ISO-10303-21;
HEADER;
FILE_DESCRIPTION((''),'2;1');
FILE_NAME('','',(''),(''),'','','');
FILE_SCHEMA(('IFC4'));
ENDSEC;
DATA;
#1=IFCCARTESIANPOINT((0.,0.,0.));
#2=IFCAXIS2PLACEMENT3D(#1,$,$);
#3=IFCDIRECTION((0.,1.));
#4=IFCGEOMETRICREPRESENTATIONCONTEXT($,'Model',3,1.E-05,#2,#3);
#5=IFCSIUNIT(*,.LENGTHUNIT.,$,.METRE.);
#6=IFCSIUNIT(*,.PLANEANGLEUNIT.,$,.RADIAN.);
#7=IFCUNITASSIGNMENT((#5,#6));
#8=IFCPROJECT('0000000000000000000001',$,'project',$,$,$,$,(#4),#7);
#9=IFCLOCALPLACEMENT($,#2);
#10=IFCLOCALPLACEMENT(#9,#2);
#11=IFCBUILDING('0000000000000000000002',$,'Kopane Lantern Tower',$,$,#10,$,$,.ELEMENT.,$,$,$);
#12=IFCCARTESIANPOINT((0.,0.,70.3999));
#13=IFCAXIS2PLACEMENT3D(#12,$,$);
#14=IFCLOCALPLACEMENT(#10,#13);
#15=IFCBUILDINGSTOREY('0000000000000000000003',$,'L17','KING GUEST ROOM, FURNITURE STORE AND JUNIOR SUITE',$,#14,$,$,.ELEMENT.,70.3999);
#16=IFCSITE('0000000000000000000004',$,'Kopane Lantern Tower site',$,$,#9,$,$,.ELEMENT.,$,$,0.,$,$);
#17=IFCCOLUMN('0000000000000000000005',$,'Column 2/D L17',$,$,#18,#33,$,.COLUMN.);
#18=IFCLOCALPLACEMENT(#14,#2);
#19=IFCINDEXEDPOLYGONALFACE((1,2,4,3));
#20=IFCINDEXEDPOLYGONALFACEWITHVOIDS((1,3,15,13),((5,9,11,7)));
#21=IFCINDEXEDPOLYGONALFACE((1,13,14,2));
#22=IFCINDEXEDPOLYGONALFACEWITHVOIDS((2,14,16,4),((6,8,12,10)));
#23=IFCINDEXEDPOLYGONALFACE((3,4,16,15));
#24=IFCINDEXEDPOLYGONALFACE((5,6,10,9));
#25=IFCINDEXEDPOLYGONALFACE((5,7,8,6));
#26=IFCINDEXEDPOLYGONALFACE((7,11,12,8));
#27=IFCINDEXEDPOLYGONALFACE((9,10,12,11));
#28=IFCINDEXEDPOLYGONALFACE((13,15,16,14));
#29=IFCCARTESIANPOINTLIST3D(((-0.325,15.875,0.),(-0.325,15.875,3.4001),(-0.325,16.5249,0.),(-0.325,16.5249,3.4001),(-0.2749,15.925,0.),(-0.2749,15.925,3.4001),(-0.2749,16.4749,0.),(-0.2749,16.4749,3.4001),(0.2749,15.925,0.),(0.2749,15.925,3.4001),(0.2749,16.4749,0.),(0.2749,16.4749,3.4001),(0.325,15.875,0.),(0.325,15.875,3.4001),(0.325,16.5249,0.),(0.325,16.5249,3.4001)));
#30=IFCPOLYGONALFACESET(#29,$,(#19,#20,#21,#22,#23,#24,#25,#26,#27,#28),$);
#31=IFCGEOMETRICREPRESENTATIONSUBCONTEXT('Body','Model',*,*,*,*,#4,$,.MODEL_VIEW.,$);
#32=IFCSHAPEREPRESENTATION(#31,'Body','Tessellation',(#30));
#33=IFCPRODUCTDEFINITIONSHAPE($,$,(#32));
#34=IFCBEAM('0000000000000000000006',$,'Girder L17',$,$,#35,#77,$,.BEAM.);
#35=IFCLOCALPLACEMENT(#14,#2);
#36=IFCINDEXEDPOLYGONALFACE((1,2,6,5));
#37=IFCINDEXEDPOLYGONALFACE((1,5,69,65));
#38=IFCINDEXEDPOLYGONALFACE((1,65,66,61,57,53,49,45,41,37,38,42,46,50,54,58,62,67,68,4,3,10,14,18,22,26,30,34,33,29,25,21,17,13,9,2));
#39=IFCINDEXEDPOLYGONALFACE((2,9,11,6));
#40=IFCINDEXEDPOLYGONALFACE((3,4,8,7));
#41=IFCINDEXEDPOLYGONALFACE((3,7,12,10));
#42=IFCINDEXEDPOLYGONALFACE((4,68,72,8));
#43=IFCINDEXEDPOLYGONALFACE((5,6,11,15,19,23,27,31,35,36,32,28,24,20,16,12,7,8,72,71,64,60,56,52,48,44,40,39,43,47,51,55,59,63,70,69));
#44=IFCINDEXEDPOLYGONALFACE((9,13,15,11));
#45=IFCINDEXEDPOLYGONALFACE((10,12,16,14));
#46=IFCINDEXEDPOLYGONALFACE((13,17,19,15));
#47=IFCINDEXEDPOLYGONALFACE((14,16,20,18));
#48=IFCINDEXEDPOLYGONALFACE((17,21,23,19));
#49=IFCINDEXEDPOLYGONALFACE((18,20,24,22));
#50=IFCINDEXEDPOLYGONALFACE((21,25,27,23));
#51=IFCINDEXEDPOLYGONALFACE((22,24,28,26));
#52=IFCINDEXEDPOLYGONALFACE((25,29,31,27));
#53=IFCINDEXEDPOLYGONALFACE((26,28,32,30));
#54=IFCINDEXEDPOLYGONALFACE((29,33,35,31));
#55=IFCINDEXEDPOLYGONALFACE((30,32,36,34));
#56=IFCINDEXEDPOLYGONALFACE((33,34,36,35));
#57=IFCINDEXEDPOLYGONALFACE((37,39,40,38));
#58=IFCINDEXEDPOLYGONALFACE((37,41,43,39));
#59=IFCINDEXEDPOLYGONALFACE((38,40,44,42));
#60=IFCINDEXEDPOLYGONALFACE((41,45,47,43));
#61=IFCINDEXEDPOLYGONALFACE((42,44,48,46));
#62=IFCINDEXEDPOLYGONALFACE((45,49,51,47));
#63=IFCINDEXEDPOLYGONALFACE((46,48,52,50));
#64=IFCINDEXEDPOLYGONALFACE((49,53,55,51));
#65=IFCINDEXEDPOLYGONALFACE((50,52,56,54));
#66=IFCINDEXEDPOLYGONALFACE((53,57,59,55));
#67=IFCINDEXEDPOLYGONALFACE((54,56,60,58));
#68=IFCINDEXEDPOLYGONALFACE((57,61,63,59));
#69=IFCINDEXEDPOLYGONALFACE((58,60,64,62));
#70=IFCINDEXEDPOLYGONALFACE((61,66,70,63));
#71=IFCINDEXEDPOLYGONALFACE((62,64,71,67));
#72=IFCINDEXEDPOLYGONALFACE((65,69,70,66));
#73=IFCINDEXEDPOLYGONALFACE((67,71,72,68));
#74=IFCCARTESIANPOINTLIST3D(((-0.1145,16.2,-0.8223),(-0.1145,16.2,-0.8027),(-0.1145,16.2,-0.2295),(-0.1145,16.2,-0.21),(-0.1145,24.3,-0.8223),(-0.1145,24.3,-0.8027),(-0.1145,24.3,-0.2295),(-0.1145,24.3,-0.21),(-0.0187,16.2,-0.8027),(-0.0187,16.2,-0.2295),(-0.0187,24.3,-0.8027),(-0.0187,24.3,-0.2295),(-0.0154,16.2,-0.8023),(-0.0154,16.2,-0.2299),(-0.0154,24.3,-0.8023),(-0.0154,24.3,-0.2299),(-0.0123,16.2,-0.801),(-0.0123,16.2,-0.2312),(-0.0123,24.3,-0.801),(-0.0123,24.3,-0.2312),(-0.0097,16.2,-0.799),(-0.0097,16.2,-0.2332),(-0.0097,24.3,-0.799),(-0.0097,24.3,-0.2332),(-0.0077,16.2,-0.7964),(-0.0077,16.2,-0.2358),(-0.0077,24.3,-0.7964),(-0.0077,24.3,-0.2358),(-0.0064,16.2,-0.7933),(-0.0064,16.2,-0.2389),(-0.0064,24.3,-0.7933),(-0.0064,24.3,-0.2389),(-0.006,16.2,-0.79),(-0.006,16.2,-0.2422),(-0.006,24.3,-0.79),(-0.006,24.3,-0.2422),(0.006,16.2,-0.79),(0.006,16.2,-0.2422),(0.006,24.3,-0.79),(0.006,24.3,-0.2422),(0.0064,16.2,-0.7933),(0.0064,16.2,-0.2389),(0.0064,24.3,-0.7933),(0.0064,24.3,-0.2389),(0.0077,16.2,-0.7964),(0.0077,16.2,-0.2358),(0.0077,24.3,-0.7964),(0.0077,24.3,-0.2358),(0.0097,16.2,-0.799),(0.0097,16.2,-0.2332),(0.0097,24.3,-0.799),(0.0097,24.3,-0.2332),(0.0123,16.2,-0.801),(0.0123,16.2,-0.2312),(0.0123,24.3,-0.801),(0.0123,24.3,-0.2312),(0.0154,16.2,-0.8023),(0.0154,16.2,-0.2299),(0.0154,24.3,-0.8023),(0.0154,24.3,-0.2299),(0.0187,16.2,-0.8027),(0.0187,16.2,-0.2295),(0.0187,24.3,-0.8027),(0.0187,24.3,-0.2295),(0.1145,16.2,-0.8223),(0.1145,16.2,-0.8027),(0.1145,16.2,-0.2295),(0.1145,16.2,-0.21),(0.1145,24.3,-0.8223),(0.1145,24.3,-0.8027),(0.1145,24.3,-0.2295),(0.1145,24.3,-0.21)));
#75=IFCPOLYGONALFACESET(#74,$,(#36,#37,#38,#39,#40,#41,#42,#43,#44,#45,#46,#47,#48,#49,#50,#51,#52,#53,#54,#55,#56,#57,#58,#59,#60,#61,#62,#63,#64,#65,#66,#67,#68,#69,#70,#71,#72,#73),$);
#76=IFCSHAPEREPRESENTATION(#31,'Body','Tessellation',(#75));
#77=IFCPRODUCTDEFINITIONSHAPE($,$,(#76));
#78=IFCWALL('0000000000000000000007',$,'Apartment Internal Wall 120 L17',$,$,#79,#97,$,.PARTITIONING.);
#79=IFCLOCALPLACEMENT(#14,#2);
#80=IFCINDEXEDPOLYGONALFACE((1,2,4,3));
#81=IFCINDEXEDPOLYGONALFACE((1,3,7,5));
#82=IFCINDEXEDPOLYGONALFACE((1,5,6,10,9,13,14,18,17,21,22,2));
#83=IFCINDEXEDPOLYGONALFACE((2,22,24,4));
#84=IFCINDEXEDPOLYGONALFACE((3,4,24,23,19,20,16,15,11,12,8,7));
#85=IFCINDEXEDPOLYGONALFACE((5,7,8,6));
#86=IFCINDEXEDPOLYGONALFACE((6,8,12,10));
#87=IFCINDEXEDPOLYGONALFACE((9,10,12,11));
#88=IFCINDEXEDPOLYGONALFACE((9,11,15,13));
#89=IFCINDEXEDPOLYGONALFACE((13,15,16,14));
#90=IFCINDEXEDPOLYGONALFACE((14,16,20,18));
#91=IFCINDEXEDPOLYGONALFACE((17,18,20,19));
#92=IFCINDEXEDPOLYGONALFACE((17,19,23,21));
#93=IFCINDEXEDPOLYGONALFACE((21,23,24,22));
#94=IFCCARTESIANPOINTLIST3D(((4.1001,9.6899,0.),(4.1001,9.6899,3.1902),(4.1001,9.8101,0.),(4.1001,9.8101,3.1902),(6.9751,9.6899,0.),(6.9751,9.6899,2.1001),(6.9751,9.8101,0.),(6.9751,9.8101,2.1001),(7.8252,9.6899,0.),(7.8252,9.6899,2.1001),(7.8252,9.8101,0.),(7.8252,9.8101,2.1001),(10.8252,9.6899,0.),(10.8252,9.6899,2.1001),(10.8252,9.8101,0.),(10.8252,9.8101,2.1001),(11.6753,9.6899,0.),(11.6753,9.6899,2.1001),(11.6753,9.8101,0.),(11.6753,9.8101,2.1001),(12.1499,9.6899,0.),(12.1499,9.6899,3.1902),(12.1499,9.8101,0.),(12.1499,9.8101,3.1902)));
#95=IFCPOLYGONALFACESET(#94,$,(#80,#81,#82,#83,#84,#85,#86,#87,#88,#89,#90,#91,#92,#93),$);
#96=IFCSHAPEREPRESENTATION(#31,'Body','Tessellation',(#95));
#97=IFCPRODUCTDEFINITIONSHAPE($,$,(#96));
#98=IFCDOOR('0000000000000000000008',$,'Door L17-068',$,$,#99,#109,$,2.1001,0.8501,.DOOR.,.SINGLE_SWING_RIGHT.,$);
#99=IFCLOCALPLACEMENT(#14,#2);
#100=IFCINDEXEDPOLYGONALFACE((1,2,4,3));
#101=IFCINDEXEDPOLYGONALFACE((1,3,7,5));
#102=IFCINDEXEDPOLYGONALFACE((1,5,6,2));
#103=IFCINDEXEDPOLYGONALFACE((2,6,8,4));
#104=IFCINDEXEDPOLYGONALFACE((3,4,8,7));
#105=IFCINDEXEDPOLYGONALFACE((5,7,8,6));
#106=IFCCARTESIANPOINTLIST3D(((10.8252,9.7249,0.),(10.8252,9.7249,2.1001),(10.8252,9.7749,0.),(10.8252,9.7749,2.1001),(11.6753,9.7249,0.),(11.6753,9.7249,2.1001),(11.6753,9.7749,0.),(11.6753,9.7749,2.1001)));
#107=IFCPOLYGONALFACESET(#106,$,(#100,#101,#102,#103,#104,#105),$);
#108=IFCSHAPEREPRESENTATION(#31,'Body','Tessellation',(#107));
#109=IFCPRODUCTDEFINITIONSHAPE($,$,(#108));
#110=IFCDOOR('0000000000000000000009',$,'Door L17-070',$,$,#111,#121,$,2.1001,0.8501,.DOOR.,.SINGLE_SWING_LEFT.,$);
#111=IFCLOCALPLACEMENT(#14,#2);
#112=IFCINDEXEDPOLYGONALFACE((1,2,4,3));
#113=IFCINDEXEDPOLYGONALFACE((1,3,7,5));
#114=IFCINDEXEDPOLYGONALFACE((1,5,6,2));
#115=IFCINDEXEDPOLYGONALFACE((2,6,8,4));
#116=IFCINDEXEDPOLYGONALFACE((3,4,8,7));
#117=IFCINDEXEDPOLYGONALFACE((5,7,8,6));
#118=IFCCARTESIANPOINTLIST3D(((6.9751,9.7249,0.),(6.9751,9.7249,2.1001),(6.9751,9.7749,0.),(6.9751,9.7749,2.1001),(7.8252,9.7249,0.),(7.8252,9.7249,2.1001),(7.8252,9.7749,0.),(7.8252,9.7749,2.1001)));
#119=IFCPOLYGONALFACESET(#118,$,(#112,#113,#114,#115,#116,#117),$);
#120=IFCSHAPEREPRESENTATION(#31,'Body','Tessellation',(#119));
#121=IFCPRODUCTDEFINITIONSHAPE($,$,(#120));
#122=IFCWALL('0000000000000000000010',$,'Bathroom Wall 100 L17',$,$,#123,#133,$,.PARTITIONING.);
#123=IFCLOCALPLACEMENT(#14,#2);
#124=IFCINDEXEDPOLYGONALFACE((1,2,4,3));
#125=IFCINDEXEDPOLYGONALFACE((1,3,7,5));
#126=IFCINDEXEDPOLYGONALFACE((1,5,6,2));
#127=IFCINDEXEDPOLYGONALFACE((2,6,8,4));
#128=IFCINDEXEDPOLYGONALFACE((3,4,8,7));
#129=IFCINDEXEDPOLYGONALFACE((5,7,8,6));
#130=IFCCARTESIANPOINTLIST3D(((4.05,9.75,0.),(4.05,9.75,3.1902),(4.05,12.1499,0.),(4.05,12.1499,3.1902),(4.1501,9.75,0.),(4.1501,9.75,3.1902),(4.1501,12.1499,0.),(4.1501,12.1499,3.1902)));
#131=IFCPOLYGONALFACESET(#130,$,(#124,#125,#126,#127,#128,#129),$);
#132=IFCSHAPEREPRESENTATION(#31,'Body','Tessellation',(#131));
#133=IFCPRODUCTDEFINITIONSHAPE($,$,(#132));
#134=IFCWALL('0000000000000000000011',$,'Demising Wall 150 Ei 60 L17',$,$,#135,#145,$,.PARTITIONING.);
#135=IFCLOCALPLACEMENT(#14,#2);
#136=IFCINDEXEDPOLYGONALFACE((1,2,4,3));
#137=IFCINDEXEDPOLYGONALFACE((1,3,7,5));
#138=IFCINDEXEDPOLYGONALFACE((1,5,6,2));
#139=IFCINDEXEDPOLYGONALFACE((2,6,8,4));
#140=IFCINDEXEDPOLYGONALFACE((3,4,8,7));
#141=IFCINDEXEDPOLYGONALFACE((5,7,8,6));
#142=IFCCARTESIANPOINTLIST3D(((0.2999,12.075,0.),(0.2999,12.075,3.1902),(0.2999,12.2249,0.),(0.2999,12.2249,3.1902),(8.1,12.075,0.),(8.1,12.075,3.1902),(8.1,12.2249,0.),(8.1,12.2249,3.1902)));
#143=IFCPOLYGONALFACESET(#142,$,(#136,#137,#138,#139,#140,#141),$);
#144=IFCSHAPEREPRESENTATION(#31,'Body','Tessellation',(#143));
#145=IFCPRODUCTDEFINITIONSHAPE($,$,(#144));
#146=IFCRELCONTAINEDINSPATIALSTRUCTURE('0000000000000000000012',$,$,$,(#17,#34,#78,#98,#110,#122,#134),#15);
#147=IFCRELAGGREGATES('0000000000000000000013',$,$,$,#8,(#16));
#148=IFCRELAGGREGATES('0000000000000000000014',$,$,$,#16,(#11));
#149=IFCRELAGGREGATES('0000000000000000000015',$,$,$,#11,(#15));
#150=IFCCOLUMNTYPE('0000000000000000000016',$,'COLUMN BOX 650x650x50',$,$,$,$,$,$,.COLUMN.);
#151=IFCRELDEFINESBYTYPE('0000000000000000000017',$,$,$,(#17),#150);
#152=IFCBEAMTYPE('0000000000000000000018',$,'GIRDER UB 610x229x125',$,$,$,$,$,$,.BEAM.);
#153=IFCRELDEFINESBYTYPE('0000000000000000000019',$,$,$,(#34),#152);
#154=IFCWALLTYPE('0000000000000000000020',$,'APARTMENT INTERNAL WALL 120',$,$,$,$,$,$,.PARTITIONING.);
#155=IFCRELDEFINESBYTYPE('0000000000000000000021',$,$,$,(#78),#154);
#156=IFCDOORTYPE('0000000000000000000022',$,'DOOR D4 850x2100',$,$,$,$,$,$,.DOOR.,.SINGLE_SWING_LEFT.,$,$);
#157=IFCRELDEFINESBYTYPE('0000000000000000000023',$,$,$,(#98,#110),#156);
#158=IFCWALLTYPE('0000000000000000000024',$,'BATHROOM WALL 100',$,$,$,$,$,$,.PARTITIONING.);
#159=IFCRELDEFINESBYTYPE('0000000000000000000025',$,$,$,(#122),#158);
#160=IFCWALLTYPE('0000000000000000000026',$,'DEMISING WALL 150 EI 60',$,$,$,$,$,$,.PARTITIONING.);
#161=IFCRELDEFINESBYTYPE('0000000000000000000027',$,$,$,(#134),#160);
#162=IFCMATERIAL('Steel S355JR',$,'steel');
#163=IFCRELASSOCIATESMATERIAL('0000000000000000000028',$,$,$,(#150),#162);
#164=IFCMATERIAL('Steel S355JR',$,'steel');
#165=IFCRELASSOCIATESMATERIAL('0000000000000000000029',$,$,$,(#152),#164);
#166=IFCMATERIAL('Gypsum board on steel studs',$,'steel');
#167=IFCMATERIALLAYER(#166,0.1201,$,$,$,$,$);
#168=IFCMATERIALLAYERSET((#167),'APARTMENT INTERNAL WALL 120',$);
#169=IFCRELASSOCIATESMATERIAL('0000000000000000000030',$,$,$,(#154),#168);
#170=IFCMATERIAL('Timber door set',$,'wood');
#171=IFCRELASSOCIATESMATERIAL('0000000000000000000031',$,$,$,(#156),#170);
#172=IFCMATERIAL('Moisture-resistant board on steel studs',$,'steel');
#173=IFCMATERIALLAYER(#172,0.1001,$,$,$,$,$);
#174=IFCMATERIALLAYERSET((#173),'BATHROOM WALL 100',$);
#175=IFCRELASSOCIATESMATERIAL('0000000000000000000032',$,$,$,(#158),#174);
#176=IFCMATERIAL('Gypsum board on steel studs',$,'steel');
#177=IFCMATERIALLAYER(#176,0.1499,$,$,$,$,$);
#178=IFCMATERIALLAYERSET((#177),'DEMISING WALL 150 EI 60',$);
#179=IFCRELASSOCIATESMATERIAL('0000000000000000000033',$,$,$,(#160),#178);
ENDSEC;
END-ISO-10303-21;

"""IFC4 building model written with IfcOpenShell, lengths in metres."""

from ifc_helpers import new_model, si_unit, direction, frame, frame_2d, origin, origin_2d, place, context, subcontext, project, spatial, rectangle, hollow_rectangle, i_section, extrude, material, layer, layer_set, material_profile, profile_set, type_object, element, fill, save


model = new_model("IFC4")

# Units and contexts
model_context = context("Model", 3, precision=1e-05, world=origin(), true_north=direction((0.0, 1.0)))
body_context = subcontext(model_context, "Body", "Model", "MODEL_VIEW")
ifc_project = project(units=[si_unit("LENGTHUNIT", "METRE"), si_unit("PLANEANGLEUNIT", "RADIAN")], contexts=[model_context])

# Site, building, storey
site_placement = place(None, origin())
site = spatial("IfcSite", under=ifc_project, at=site_placement, Name="Kopane Lantern Tower site", CompositionType="ELEMENT", RefElevation=0.0)
building_placement = place(site_placement, origin())
building = spatial("IfcBuilding", under=site, at=building_placement, Name="Kopane Lantern Tower", CompositionType="ELEMENT")
storey_placement = place(building_placement, frame((0.0, 0.0, 70.3999)))
storey = spatial("IfcBuildingStorey", under=building, at=storey_placement, Name="L17", Description="KING GUEST ROOM, FURNITURE STORE AND JUNIOR SUITE", CompositionType="ELEMENT", Elevation=70.3999)

# Column
ifc_material_1 = material(Name="Steel S355JR", Category="steel")
ifc_material_profile_1 = material_profile(ifc_material_1, hollow_rectangle(XDim=0.6499, YDim=0.6499, WallThickness=0.05, at=origin_2d()), Name="BOX 650x650x50")
ifc_profile_set_1 = profile_set([ifc_material_profile_1], Name="Steel S355JR")
column_type = type_object("IfcColumnType", Name="COLUMN BOX 650x650x50", PredefinedType="COLUMN", material=ifc_profile_set_1)
column_placement = place(storey_placement, frame((0.0, 16.2, 0.0), z_axis=(0.0, 0.0, 1.0), x_axis=(1.0, 0.0, 0.0)))
element("IfcColumn", 1, at=column_placement, inside=storey, type_object=column_type, Name="Column 2/D L17", PredefinedType="COLUMN", context=body_context, shape_type="SweptSolid", body=[
    extrude(hollow_rectangle(XDim=0.6499, YDim=0.6499, WallThickness=0.05, at=origin_2d()), origin(), (0.0, 0.0, 1.0), 3.4001),
])

# Beam
ifc_material_2 = material(Name="Steel S355JR", Category="steel")
ifc_material_profile_2 = material_profile(ifc_material_2, i_section(OverallWidth=0.229, OverallDepth=0.6123, WebThickness=0.012, FlangeThickness=0.0195, FilletRadius=0.0127, at=origin_2d()), Name="UB 610x229x125")
ifc_profile_set_2 = profile_set([ifc_material_profile_2], Name="Steel S355JR")
beam_type = type_object("IfcBeamType", Name="GIRDER UB 610x229x125", PredefinedType="BEAM", material=ifc_profile_set_2)
beam_placement = place(storey_placement, frame((0.0, 16.2, -0.5161), z_axis=(0.0, 1.0, 0.0), x_axis=(-1.0, 0.0, 0.0)))
element("IfcBeam", 2, at=beam_placement, inside=storey, type_object=beam_type, Name="Girder L17", PredefinedType="BEAM", context=body_context, shape_type="SweptSolid", body=[
    extrude(i_section(OverallWidth=0.229, OverallDepth=0.6123, WebThickness=0.012, FlangeThickness=0.0195, FilletRadius=0.0127, at=origin_2d()), origin(), (0.0, 0.0, 1.0), 8.1001),
])

# Wall, openings, doors
ifc_material_3 = material(Name="Gypsum board on steel studs", Category="steel")
ifc_layer_1 = layer(ifc_material_3, 0.1201)
ifc_layer_set_1 = layer_set([ifc_layer_1], Name="APARTMENT INTERNAL WALL 120")
wall_type_1 = type_object("IfcWallType", Name="APARTMENT INTERNAL WALL 120", PredefinedType="PARTITIONING", material=ifc_layer_set_1)
wall_1_placement = place(storey_placement, frame((4.1001, 9.75, 0.0), z_axis=(0.0, 0.0, 1.0), x_axis=(1.0, 0.0, 0.0)))
wall_1 = element("IfcWall", 3, at=wall_1_placement, inside=storey, type_object=wall_type_1, Name="Apartment Internal Wall 120 L17", PredefinedType="PARTITIONING", context=body_context, shape_type="SweptSolid", body=[
    extrude(rectangle(XDim=8.0498, YDim=0.1201, at=frame_2d((4.0249, 0.0))), origin(), (0.0, 0.0, 1.0), 3.1902),
])
opening_1_placement = place(wall_1_placement, frame((6.7251, 0.0, 0.0)))
opening_1 = element("IfcOpeningElement", 4, at=opening_1_placement, cuts=wall_1, PredefinedType="OPENING", context=body_context, shape_type="SweptSolid", body=[
    extrude(rectangle(XDim=0.8501, YDim=2.1001, at=frame_2d((0.425, 1.05))), frame((0.0, 0.0701, 0.0), z_axis=(0.0, -1.0, 0.0), x_axis=(1.0, 0.0, 0.0)), (0.0, 0.0, 1.0), 0.1401),
])
opening_2_placement = place(wall_1_placement, frame((2.875, 0.0, 0.0)))
opening_2 = element("IfcOpeningElement", 5, at=opening_2_placement, cuts=wall_1, PredefinedType="OPENING", context=body_context, shape_type="SweptSolid", body=[
    extrude(rectangle(XDim=0.8501, YDim=2.1001, at=frame_2d((0.425, 1.05))), frame((0.0, 0.0701, 0.0), z_axis=(0.0, -1.0, 0.0), x_axis=(1.0, 0.0, 0.0)), (0.0, 0.0, 1.0), 0.1401),
])
ifc_material_4 = material(Name="Timber door set", Category="wood")
door_type = type_object("IfcDoorType", Name="DOOR D4 850x2100", OperationType="SINGLE_SWING_LEFT", PredefinedType="DOOR", material=ifc_material_4)
door_1_placement = place(opening_1_placement, origin())
door_1 = element("IfcDoor", 6, at=door_1_placement, inside=storey, type_object=door_type, Name="Door L17-068", OperationType="SINGLE_SWING_RIGHT", OverallHeight=2.1001, OverallWidth=0.8501, PredefinedType="DOOR", context=body_context, shape_type="SweptSolid", body=[
    extrude(rectangle(XDim=0.8501, YDim=2.1001, at=frame_2d((0.425, 1.05))), frame((0.0, 0.0249, 0.0), z_axis=(0.0, -1.0, 0.0), x_axis=(1.0, 0.0, 0.0)), (0.0, 0.0, 1.0), 0.05),
])
fill(opening_1, door_1)
door_2_placement = place(opening_2_placement, origin())
door_2 = element("IfcDoor", 7, at=door_2_placement, inside=storey, type_object=door_type, Name="Door L17-070", OperationType="SINGLE_SWING_LEFT", OverallHeight=2.1001, OverallWidth=0.8501, PredefinedType="DOOR", context=body_context, shape_type="SweptSolid", body=[
    extrude(rectangle(XDim=0.8501, YDim=2.1001, at=frame_2d((0.425, 1.05))), frame((0.0, 0.0249, 0.0), z_axis=(0.0, -1.0, 0.0), x_axis=(1.0, 0.0, 0.0)), (0.0, 0.0, 1.0), 0.05),
])
fill(opening_2, door_2)

# Walls
ifc_material_5 = material(Name="Moisture-resistant board on steel studs", Category="steel")
ifc_layer_2 = layer(ifc_material_5, 0.1001)
ifc_layer_set_2 = layer_set([ifc_layer_2], Name="BATHROOM WALL 100")
wall_type_2 = type_object("IfcWallType", Name="BATHROOM WALL 100", PredefinedType="PARTITIONING", material=ifc_layer_set_2)
wall_2_placement = place(storey_placement, frame((4.1001, 12.1499, 0.0), z_axis=(0.0, 0.0, 1.0), x_axis=(0.0, -1.0, 0.0)))
element("IfcWall", 8, at=wall_2_placement, inside=storey, type_object=wall_type_2, Name="Bathroom Wall 100 L17", PredefinedType="PARTITIONING", context=body_context, shape_type="SweptSolid", body=[
    extrude(rectangle(XDim=2.3999, YDim=0.1001, at=frame_2d((1.2, 0.0))), origin(), (0.0, 0.0, 1.0), 3.1902),
])
ifc_material_6 = material(Name="Gypsum board on steel studs", Category="steel")
ifc_layer_3 = layer(ifc_material_6, 0.1499)
ifc_layer_set_3 = layer_set([ifc_layer_3], Name="DEMISING WALL 150 EI 60")
wall_type_3 = type_object("IfcWallType", Name="DEMISING WALL 150 EI 60", PredefinedType="PARTITIONING", material=ifc_layer_set_3)
wall_3_placement = place(storey_placement, frame((0.3, 12.1499, 0.0), z_axis=(0.0, 0.0, 1.0), x_axis=(1.0, 0.0, 0.0)))
element("IfcWall", 9, at=wall_3_placement, inside=storey, type_object=wall_type_3, Name="Demising Wall 150 Ei 60 L17", PredefinedType="PARTITIONING", context=body_context, shape_type="SweptSolid", body=[
    extrude(rectangle(XDim=7.8, YDim=0.1499, at=frame_2d((3.8999, 0.0))), origin(), (0.0, 0.0, 1.0), 3.1902),
])

save(model, "model.ifc")
